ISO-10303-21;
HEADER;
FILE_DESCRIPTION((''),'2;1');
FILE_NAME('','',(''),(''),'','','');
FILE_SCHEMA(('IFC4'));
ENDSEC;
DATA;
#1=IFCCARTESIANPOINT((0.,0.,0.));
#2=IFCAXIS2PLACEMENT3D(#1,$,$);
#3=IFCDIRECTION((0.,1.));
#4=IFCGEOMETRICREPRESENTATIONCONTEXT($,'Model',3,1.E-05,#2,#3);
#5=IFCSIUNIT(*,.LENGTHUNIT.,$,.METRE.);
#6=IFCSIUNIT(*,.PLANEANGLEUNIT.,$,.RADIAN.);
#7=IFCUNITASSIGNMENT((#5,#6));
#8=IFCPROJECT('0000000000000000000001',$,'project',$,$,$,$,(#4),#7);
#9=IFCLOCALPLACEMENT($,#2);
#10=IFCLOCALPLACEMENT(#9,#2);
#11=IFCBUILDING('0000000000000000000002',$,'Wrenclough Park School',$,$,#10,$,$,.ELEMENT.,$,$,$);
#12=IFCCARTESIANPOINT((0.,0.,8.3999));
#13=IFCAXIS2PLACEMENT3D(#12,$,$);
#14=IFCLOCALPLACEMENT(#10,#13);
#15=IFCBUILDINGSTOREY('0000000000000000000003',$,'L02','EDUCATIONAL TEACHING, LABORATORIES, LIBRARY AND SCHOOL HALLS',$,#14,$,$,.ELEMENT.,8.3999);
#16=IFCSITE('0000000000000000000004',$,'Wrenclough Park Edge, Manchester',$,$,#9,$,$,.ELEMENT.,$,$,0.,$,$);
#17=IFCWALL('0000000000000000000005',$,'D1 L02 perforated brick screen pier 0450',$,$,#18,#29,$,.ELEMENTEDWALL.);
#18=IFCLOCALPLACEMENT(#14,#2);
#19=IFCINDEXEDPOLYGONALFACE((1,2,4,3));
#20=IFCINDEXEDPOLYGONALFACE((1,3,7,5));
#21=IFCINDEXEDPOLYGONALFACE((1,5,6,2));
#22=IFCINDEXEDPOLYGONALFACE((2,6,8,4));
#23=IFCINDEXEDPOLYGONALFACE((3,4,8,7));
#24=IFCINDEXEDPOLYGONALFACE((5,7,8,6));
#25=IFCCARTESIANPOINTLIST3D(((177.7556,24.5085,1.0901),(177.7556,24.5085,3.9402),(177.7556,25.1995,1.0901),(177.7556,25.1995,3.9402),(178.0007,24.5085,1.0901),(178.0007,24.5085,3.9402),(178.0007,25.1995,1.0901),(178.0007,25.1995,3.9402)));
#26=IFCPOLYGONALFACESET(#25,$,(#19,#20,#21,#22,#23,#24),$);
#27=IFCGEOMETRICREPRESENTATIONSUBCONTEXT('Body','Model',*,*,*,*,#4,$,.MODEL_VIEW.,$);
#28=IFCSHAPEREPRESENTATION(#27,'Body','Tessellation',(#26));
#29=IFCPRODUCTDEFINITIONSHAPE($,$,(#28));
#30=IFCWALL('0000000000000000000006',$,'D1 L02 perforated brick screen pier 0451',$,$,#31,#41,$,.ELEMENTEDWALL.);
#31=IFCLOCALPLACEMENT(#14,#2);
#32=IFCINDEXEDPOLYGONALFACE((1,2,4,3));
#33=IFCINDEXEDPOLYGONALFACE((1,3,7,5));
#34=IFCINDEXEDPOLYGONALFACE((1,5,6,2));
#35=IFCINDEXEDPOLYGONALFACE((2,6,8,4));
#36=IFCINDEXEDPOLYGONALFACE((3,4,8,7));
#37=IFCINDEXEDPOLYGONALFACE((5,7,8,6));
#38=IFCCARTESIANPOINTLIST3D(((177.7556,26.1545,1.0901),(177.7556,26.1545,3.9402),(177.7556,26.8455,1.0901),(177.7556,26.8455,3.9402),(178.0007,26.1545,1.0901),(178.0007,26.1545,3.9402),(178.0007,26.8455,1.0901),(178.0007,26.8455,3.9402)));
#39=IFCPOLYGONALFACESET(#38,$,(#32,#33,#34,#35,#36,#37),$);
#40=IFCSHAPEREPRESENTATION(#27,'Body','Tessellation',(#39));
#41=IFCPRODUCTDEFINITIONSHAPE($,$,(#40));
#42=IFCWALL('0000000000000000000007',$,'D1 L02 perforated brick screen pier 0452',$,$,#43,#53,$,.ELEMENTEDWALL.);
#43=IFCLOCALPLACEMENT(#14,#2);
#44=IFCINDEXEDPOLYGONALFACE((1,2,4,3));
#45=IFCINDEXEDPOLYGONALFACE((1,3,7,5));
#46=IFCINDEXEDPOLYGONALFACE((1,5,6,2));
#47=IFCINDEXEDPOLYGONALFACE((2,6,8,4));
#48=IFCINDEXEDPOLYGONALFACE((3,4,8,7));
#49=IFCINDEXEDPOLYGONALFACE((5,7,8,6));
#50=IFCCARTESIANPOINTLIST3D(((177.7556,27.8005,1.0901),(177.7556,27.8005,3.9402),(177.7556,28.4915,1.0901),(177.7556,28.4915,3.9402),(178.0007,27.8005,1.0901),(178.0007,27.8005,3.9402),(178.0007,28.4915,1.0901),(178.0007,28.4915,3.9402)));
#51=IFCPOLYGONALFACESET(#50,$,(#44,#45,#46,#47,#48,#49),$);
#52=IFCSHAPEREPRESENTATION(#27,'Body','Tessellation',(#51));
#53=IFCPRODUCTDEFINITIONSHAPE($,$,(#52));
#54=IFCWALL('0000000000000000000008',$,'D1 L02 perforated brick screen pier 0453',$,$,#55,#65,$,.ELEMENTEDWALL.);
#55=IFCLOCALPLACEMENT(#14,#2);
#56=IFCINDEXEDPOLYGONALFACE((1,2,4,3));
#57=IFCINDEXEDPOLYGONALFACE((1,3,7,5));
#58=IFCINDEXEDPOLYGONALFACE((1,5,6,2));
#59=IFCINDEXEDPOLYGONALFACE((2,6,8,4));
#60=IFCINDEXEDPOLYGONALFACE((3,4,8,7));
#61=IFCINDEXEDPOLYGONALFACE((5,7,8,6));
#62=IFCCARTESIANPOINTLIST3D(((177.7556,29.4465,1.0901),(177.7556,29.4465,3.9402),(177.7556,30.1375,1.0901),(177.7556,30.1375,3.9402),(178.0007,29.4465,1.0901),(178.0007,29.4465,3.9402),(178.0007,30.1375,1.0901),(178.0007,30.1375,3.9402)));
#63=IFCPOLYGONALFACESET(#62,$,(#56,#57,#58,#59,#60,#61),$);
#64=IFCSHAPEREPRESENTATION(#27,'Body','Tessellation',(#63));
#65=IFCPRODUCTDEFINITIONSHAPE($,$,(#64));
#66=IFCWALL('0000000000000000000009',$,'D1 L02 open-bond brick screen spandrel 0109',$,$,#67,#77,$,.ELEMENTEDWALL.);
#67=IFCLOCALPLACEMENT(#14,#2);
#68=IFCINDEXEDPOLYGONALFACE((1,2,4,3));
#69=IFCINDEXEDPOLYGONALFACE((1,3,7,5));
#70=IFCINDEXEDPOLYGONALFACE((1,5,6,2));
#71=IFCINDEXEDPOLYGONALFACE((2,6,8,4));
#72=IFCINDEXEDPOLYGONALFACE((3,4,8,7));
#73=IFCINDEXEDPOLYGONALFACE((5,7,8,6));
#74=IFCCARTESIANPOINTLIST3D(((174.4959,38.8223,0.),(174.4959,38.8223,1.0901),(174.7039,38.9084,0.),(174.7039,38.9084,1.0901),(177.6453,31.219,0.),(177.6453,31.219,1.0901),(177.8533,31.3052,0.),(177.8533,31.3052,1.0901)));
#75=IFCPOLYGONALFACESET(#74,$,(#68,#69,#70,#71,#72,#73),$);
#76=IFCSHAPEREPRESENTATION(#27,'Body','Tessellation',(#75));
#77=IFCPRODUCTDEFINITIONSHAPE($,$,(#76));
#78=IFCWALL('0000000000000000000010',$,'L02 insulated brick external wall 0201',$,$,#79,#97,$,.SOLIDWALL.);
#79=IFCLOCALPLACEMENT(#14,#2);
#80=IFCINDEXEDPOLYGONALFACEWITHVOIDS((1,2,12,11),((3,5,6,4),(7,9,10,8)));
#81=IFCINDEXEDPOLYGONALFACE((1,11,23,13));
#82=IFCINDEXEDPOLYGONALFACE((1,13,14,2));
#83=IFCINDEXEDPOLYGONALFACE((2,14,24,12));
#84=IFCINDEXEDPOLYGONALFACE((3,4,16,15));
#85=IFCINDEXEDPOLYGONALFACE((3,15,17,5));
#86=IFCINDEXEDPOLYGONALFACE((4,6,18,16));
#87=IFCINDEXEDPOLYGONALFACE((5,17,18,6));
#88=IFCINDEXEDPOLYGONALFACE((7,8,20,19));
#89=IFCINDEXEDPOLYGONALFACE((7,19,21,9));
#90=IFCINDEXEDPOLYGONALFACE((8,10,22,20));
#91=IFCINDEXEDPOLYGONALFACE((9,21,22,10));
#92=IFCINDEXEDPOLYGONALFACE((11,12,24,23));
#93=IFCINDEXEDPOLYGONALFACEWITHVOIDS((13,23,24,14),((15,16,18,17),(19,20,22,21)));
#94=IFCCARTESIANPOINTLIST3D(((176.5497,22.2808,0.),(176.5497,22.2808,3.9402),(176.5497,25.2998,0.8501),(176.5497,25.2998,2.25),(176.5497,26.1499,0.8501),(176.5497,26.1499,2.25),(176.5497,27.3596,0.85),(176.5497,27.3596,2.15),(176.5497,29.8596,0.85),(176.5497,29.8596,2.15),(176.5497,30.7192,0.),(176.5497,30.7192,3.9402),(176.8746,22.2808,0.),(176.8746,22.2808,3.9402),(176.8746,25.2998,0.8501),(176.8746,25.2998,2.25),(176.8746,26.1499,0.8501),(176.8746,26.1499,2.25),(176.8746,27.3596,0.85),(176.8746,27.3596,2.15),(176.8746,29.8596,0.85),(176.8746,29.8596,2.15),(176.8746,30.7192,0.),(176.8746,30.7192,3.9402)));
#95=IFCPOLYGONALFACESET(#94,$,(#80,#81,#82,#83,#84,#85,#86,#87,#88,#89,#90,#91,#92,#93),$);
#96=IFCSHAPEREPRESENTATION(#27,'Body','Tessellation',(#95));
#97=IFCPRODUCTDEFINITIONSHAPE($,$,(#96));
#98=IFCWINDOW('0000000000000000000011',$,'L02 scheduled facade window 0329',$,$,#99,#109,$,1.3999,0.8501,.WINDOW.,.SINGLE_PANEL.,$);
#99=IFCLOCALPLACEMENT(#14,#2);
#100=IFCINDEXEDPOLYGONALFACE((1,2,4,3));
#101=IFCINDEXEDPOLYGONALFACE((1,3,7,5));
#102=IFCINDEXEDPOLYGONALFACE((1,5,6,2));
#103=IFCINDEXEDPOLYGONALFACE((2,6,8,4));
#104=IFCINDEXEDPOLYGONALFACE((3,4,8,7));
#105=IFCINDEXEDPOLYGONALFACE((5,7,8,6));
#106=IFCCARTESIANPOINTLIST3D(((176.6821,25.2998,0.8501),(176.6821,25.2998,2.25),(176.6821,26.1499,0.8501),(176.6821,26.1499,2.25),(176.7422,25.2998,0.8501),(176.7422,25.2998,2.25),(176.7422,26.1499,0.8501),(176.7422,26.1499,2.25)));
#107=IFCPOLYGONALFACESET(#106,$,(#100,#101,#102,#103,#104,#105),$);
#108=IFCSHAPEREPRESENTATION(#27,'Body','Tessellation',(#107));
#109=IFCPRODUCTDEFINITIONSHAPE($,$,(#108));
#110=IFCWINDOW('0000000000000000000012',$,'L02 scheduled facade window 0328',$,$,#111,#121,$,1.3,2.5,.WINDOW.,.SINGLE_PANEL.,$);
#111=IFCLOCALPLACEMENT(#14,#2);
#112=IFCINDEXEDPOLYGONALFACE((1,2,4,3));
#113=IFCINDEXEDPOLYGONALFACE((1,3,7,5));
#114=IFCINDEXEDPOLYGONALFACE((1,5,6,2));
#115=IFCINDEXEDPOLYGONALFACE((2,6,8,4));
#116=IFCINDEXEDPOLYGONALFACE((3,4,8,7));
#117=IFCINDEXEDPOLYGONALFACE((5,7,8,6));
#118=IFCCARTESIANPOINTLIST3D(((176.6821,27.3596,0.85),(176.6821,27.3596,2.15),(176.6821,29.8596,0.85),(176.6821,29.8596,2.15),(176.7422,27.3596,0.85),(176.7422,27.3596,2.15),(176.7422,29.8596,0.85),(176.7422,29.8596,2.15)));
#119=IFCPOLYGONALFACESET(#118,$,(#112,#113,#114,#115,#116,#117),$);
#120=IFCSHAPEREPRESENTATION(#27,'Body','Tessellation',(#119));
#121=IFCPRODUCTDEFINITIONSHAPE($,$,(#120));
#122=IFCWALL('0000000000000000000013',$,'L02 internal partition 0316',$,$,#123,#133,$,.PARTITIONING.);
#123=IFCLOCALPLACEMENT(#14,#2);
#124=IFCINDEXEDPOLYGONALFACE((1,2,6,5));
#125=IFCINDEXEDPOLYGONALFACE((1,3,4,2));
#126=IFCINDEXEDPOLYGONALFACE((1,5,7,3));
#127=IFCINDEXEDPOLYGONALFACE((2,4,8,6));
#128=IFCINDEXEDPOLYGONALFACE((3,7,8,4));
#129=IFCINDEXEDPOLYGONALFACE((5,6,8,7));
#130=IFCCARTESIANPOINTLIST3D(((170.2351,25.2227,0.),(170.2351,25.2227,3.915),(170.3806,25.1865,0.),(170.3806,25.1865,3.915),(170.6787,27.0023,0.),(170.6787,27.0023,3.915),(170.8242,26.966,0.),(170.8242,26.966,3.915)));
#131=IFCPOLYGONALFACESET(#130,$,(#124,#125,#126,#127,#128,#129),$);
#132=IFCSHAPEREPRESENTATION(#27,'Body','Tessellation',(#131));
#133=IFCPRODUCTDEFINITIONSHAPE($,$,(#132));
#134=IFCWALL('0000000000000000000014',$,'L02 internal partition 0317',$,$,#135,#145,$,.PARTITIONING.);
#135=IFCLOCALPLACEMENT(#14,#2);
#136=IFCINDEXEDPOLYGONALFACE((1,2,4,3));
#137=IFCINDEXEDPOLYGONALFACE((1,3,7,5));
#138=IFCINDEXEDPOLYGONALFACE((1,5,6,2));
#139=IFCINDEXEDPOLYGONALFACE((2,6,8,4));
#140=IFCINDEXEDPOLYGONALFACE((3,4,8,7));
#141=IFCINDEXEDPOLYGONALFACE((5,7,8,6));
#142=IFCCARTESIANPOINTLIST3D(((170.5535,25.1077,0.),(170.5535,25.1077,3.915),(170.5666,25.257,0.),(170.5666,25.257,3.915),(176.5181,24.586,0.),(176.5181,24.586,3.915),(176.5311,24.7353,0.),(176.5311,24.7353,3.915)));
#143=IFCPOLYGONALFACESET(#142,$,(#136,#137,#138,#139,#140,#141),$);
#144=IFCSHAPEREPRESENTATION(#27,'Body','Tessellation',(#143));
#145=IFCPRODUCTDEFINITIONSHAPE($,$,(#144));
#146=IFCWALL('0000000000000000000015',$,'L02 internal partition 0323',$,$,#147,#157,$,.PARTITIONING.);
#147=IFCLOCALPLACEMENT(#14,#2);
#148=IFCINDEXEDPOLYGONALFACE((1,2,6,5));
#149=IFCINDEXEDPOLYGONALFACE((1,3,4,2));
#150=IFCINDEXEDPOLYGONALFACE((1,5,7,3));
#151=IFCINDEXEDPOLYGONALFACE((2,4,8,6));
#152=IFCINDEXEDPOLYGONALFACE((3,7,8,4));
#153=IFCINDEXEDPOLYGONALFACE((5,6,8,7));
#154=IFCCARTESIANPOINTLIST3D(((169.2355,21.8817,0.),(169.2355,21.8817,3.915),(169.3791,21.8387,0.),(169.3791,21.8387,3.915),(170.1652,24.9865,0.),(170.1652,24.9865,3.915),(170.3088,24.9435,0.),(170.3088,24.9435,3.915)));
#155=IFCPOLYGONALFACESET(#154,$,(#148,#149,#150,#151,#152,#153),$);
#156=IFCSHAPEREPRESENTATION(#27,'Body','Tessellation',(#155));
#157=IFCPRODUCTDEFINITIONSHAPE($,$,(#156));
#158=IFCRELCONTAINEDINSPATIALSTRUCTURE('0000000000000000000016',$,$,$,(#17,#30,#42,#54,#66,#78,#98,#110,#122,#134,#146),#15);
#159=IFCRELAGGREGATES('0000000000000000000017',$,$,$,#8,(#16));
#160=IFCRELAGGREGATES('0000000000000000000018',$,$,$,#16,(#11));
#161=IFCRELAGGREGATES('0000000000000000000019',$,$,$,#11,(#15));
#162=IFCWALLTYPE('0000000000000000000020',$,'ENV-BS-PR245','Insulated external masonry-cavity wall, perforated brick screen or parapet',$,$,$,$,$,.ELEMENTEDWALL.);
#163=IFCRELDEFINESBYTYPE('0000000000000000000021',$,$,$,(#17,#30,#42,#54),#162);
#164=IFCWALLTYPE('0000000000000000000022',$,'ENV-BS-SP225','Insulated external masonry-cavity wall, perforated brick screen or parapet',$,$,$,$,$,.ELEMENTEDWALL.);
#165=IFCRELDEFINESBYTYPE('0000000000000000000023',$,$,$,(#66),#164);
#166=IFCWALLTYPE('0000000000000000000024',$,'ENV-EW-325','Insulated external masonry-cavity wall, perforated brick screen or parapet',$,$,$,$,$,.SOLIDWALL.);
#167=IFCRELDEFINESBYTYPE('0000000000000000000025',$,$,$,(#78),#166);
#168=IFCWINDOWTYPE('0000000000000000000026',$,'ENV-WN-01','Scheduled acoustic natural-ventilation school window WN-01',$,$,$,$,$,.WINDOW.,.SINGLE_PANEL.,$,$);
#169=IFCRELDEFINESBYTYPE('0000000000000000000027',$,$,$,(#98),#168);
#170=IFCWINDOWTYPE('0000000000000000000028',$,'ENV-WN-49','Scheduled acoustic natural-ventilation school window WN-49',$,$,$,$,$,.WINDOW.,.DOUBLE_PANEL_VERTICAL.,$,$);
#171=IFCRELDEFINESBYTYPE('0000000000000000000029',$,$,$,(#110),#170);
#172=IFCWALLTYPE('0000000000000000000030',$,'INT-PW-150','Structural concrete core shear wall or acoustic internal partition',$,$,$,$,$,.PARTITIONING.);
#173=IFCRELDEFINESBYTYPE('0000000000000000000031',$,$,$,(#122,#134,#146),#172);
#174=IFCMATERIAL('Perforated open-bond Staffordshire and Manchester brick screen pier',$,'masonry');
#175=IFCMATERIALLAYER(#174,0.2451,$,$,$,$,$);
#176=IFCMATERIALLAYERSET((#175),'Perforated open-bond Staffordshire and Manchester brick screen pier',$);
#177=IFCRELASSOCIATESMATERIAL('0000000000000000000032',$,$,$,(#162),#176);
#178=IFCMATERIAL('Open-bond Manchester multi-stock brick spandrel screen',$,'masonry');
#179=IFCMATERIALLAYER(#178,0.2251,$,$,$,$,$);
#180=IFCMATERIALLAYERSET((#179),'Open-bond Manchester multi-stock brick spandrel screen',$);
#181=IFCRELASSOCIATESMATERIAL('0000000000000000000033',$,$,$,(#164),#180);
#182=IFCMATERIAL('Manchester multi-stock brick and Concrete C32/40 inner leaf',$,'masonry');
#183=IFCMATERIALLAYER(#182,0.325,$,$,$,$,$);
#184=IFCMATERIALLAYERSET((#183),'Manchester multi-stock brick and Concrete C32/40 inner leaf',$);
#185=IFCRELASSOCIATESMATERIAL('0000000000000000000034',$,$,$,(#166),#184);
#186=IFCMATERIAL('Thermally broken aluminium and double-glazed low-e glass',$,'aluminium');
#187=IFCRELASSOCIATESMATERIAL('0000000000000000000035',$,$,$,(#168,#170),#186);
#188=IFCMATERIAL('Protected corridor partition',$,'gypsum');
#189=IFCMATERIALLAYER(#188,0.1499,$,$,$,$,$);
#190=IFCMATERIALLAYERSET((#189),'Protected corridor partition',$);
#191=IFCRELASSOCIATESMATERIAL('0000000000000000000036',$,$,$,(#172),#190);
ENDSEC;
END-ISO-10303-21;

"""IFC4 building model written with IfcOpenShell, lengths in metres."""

from ifc_helpers import new_model, si_unit, direction, frame, frame_2d, origin, place, context, subcontext, project, spatial, rectangle, extrude, material, layer, layer_set, type_object, element, fill, save


model = new_model("IFC4")

# Units and contexts
model_context = context("Model", 3, precision=1e-05, world=origin(), true_north=direction((0.0, 1.0)))
body_context = subcontext(model_context, "Body", "Model", "MODEL_VIEW")
ifc_project = project(units=[si_unit("LENGTHUNIT", "METRE"), si_unit("PLANEANGLEUNIT", "RADIAN")], contexts=[model_context])

# Site, building, storey
site_placement = place(None, origin())
site = spatial("IfcSite", under=ifc_project, at=site_placement, Name="Wrenclough Park Edge, Manchester", CompositionType="ELEMENT", RefElevation=0.0)
building_placement = place(site_placement, origin())
building = spatial("IfcBuilding", under=site, at=building_placement, Name="Wrenclough Park School", CompositionType="ELEMENT")
storey_placement = place(building_placement, frame((0.0, 0.0, 8.3999)))
storey = spatial("IfcBuildingStorey", under=building, at=storey_placement, Name="L02", Description="EDUCATIONAL TEACHING, LABORATORIES, LIBRARY AND SCHOOL HALLS", CompositionType="ELEMENT", Elevation=8.3999)

# Walls
ifc_material_1 = material(Name="Perforated open-bond Staffordshire and Manchester brick screen pier", Category="masonry")
ifc_layer_1 = layer(ifc_material_1, 0.2451)
ifc_layer_set_1 = layer_set([ifc_layer_1], Name="Perforated open-bond Staffordshire and Manchester brick screen pier")
wall_type_1 = type_object("IfcWallType", Name="ENV-BS-PR245", Description="Insulated external masonry-cavity wall, perforated brick screen or parapet", PredefinedType="ELEMENTEDWALL", material=ifc_layer_set_1)
for number, where, z_axis, x_axis, name in (
    (1, (177.8782, 24.5085, 1.0901), (0.0, 0.0, 1.0), (0.0, 1.0, 0.0), "D1 L02 perforated brick screen pier 0450"),
    (2, (177.8782, 26.1545, 1.0901), (0.0, 0.0, 1.0), (0.0, 1.0, 0.0), "D1 L02 perforated brick screen pier 0451"),
    (3, (177.8782, 27.8005, 1.0901), (0.0, 0.0, 1.0), (0.0, 1.0, 0.0), "D1 L02 perforated brick screen pier 0452"),
    (4, (177.8782, 29.4465, 1.0901), (0.0, 0.0, 1.0), (0.0, 1.0, 0.0), "D1 L02 perforated brick screen pier 0453"),
):
    element("IfcWall", number, at=place(storey_placement, frame(where, z_axis=z_axis, x_axis=x_axis)), inside=storey, type_object=wall_type_1, Name=name, PredefinedType="ELEMENTEDWALL", context=body_context, shape_type="SweptSolid", body=[
        extrude(rectangle(XDim=0.6909, YDim=0.2451, at=frame_2d((0.3455, 0.0))), origin(), (0.0, 0.0, 1.0), 2.8501),
    ])
ifc_material_2 = material(Name="Open-bond Manchester multi-stock brick spandrel screen", Category="masonry")
ifc_layer_2 = layer(ifc_material_2, 0.2251)
ifc_layer_set_2 = layer_set([ifc_layer_2], Name="Open-bond Manchester multi-stock brick spandrel screen")
wall_type_2 = type_object("IfcWallType", Name="ENV-BS-SP225", Description="Insulated external masonry-cavity wall, perforated brick screen or parapet", PredefinedType="ELEMENTEDWALL", material=ifc_layer_set_2)
wall_1_placement = place(storey_placement, frame((177.7493, 31.2622, 0.0), z_axis=(0.0, 0.0, 1.0), x_axis=(-0.382687, 0.923878, 0.0)))
element("IfcWall", 5, at=wall_1_placement, inside=storey, type_object=wall_type_2, Name="D1 L02 open-bond brick screen spandrel 0109", PredefinedType="ELEMENTEDWALL", context=body_context, shape_type="SweptSolid", body=[
    extrude(rectangle(XDim=8.2297, YDim=0.2251, at=frame_2d((4.1147, 0.0))), origin(), (0.0, 0.0, 1.0), 1.0901),
])

# Wall, openings, windows
ifc_material_3 = material(Name="Manchester multi-stock brick and Concrete C32/40 inner leaf", Category="masonry")
ifc_layer_3 = layer(ifc_material_3, 0.325)
ifc_layer_set_3 = layer_set([ifc_layer_3], Name="Manchester multi-stock brick and Concrete C32/40 inner leaf")
wall_type_3 = type_object("IfcWallType", Name="ENV-EW-325", Description="Insulated external masonry-cavity wall, perforated brick screen or parapet", PredefinedType="SOLIDWALL", material=ifc_layer_set_3)
wall_2_placement = place(storey_placement, frame((176.7122, 30.7192, 0.0), z_axis=(0.0, 0.0, 1.0), x_axis=(0.0, -1.0, 0.0)))
wall_2 = element("IfcWall", 6, at=wall_2_placement, inside=storey, type_object=wall_type_3, Name="L02 insulated brick external wall 0201", PredefinedType="SOLIDWALL", context=body_context, shape_type="SweptSolid", body=[
    extrude(rectangle(XDim=8.4385, YDim=0.325, at=frame_2d((4.2192, 0.0))), origin(), (0.0, 0.0, 1.0), 3.9402),
])
opening_1_placement = place(wall_2_placement, frame((0.8596, 0.0, 0.8501)))
opening_1 = element("IfcOpeningElement", 7, at=opening_1_placement, cuts=wall_2, PredefinedType="OPENING", context=body_context, shape_type="SweptSolid", body=[
    extrude(rectangle(XDim=2.5, YDim=1.3, at=frame_2d((1.25, 0.6499))), frame((0.0, 0.1724, 0.0), z_axis=(0.0, -1.0, 0.0), x_axis=(1.0, 0.0, 0.0)), (0.0, 0.0, 1.0), 0.345),
])
opening_2_placement = place(wall_2_placement, frame((4.5693, 0.0, 0.8501)))
opening_2 = element("IfcOpeningElement", 8, at=opening_2_placement, cuts=wall_2, PredefinedType="OPENING", context=body_context, shape_type="SweptSolid", body=[
    extrude(rectangle(XDim=0.8501, YDim=1.3999, at=frame_2d((0.425, 0.7))), frame((0.0, 0.1724, 0.0), z_axis=(0.0, -1.0, 0.0), x_axis=(1.0, 0.0, 0.0)), (0.0, 0.0, 1.0), 0.345),
])
ifc_material_4 = material(Name="Thermally broken aluminium and double-glazed low-e glass", Category="aluminium")
window_type_1 = type_object("IfcWindowType", Name="ENV-WN-01", Description="Scheduled acoustic natural-ventilation school window WN-01", PartitioningType="SINGLE_PANEL", PredefinedType="WINDOW", material=ifc_material_4)
window_1_placement = place(opening_2_placement, origin())
window_1 = element("IfcWindow", 9, at=window_1_placement, inside=storey, type_object=window_type_1, Name="L02 scheduled facade window 0329", OverallHeight=1.3999, OverallWidth=0.8501, PartitioningType="SINGLE_PANEL", PredefinedType="WINDOW", context=body_context, shape_type="SweptSolid", body=[
    extrude(rectangle(XDim=0.8501, YDim=1.3999, at=frame_2d((0.425, 0.7))), frame((0.0, 0.03, 0.0), z_axis=(0.0, -1.0, 0.0), x_axis=(1.0, 0.0, 0.0)), (0.0, 0.0, 1.0), 0.0601),
])
fill(opening_2, window_1)
window_type_2 = type_object("IfcWindowType", Name="ENV-WN-49", Description="Scheduled acoustic natural-ventilation school window WN-49", PartitioningType="DOUBLE_PANEL_VERTICAL", PredefinedType="WINDOW", material=ifc_material_4)
window_2_placement = place(opening_1_placement, origin())
window_2 = element("IfcWindow", 10, at=window_2_placement, inside=storey, type_object=window_type_2, Name="L02 scheduled facade window 0328", OverallHeight=1.3, OverallWidth=2.5, PartitioningType="SINGLE_PANEL", PredefinedType="WINDOW", context=body_context, shape_type="SweptSolid", body=[
    extrude(rectangle(XDim=2.5, YDim=1.3, at=frame_2d((1.25, 0.6499))), frame((0.0, 0.03, 0.0), z_axis=(0.0, -1.0, 0.0), x_axis=(1.0, 0.0, 0.0)), (0.0, 0.0, 1.0), 0.0601),
])
fill(opening_1, window_2)

# Walls
ifc_material_5 = material(Name="Protected corridor partition", Category="gypsum")
ifc_layer_4 = layer(ifc_material_5, 0.1499)
ifc_layer_set_4 = layer_set([ifc_layer_4], Name="Protected corridor partition")
wall_type_4 = type_object("IfcWallType", Name="INT-PW-150", Description="Structural concrete core shear wall or acoustic internal partition", PredefinedType="PARTITIONING", material=ifc_layer_set_4)
wall_3_placement = place(storey_placement, frame((170.7515, 26.9841, 0.0), z_axis=(0.0, 0.0, 1.0), x_axis=(-0.241878, -0.970307, 0.0)))
element("IfcWall", 11, at=wall_3_placement, inside=storey, type_object=wall_type_4, Name="L02 internal partition 0316", PredefinedType="PARTITIONING", context=body_context, shape_type="SweptSolid", body=[
    extrude(rectangle(XDim=1.834, YDim=0.1499, at=frame_2d((0.917, 0.0))), origin(), (0.0, 0.0, 1.0), 3.915),
])
wall_4_placement = place(storey_placement, frame((170.5601, 25.1824, 0.0), z_axis=(0.0, 0.0, 1.0), x_axis=(0.996196, -0.087138, 0.0)))
element("IfcWall", 12, at=wall_4_placement, inside=storey, type_object=wall_type_4, Name="L02 internal partition 0317", PredefinedType="PARTITIONING", context=body_context, shape_type="SweptSolid", body=[
    extrude(rectangle(XDim=5.9873, YDim=0.1499, at=frame_2d((2.9937, 0.0))), origin(), (0.0, 0.0, 1.0), 3.915),
])
wall_5_placement = place(storey_placement, frame((170.2371, 24.9651, 0.0), z_axis=(0.0, 0.0, 1.0), x_axis=(-0.286857, -0.957973, 0.0)))
element("IfcWall", 13, at=wall_5_placement, inside=storey, type_object=wall_type_4, Name="L02 internal partition 0323", PredefinedType="PARTITIONING", context=body_context, shape_type="SweptSolid", body=[
    extrude(rectangle(XDim=3.241, YDim=0.1499, at=frame_2d((1.6206, 0.0))), origin(), (0.0, 0.0, 1.0), 3.915),
])

save(model, "model.ifc")
